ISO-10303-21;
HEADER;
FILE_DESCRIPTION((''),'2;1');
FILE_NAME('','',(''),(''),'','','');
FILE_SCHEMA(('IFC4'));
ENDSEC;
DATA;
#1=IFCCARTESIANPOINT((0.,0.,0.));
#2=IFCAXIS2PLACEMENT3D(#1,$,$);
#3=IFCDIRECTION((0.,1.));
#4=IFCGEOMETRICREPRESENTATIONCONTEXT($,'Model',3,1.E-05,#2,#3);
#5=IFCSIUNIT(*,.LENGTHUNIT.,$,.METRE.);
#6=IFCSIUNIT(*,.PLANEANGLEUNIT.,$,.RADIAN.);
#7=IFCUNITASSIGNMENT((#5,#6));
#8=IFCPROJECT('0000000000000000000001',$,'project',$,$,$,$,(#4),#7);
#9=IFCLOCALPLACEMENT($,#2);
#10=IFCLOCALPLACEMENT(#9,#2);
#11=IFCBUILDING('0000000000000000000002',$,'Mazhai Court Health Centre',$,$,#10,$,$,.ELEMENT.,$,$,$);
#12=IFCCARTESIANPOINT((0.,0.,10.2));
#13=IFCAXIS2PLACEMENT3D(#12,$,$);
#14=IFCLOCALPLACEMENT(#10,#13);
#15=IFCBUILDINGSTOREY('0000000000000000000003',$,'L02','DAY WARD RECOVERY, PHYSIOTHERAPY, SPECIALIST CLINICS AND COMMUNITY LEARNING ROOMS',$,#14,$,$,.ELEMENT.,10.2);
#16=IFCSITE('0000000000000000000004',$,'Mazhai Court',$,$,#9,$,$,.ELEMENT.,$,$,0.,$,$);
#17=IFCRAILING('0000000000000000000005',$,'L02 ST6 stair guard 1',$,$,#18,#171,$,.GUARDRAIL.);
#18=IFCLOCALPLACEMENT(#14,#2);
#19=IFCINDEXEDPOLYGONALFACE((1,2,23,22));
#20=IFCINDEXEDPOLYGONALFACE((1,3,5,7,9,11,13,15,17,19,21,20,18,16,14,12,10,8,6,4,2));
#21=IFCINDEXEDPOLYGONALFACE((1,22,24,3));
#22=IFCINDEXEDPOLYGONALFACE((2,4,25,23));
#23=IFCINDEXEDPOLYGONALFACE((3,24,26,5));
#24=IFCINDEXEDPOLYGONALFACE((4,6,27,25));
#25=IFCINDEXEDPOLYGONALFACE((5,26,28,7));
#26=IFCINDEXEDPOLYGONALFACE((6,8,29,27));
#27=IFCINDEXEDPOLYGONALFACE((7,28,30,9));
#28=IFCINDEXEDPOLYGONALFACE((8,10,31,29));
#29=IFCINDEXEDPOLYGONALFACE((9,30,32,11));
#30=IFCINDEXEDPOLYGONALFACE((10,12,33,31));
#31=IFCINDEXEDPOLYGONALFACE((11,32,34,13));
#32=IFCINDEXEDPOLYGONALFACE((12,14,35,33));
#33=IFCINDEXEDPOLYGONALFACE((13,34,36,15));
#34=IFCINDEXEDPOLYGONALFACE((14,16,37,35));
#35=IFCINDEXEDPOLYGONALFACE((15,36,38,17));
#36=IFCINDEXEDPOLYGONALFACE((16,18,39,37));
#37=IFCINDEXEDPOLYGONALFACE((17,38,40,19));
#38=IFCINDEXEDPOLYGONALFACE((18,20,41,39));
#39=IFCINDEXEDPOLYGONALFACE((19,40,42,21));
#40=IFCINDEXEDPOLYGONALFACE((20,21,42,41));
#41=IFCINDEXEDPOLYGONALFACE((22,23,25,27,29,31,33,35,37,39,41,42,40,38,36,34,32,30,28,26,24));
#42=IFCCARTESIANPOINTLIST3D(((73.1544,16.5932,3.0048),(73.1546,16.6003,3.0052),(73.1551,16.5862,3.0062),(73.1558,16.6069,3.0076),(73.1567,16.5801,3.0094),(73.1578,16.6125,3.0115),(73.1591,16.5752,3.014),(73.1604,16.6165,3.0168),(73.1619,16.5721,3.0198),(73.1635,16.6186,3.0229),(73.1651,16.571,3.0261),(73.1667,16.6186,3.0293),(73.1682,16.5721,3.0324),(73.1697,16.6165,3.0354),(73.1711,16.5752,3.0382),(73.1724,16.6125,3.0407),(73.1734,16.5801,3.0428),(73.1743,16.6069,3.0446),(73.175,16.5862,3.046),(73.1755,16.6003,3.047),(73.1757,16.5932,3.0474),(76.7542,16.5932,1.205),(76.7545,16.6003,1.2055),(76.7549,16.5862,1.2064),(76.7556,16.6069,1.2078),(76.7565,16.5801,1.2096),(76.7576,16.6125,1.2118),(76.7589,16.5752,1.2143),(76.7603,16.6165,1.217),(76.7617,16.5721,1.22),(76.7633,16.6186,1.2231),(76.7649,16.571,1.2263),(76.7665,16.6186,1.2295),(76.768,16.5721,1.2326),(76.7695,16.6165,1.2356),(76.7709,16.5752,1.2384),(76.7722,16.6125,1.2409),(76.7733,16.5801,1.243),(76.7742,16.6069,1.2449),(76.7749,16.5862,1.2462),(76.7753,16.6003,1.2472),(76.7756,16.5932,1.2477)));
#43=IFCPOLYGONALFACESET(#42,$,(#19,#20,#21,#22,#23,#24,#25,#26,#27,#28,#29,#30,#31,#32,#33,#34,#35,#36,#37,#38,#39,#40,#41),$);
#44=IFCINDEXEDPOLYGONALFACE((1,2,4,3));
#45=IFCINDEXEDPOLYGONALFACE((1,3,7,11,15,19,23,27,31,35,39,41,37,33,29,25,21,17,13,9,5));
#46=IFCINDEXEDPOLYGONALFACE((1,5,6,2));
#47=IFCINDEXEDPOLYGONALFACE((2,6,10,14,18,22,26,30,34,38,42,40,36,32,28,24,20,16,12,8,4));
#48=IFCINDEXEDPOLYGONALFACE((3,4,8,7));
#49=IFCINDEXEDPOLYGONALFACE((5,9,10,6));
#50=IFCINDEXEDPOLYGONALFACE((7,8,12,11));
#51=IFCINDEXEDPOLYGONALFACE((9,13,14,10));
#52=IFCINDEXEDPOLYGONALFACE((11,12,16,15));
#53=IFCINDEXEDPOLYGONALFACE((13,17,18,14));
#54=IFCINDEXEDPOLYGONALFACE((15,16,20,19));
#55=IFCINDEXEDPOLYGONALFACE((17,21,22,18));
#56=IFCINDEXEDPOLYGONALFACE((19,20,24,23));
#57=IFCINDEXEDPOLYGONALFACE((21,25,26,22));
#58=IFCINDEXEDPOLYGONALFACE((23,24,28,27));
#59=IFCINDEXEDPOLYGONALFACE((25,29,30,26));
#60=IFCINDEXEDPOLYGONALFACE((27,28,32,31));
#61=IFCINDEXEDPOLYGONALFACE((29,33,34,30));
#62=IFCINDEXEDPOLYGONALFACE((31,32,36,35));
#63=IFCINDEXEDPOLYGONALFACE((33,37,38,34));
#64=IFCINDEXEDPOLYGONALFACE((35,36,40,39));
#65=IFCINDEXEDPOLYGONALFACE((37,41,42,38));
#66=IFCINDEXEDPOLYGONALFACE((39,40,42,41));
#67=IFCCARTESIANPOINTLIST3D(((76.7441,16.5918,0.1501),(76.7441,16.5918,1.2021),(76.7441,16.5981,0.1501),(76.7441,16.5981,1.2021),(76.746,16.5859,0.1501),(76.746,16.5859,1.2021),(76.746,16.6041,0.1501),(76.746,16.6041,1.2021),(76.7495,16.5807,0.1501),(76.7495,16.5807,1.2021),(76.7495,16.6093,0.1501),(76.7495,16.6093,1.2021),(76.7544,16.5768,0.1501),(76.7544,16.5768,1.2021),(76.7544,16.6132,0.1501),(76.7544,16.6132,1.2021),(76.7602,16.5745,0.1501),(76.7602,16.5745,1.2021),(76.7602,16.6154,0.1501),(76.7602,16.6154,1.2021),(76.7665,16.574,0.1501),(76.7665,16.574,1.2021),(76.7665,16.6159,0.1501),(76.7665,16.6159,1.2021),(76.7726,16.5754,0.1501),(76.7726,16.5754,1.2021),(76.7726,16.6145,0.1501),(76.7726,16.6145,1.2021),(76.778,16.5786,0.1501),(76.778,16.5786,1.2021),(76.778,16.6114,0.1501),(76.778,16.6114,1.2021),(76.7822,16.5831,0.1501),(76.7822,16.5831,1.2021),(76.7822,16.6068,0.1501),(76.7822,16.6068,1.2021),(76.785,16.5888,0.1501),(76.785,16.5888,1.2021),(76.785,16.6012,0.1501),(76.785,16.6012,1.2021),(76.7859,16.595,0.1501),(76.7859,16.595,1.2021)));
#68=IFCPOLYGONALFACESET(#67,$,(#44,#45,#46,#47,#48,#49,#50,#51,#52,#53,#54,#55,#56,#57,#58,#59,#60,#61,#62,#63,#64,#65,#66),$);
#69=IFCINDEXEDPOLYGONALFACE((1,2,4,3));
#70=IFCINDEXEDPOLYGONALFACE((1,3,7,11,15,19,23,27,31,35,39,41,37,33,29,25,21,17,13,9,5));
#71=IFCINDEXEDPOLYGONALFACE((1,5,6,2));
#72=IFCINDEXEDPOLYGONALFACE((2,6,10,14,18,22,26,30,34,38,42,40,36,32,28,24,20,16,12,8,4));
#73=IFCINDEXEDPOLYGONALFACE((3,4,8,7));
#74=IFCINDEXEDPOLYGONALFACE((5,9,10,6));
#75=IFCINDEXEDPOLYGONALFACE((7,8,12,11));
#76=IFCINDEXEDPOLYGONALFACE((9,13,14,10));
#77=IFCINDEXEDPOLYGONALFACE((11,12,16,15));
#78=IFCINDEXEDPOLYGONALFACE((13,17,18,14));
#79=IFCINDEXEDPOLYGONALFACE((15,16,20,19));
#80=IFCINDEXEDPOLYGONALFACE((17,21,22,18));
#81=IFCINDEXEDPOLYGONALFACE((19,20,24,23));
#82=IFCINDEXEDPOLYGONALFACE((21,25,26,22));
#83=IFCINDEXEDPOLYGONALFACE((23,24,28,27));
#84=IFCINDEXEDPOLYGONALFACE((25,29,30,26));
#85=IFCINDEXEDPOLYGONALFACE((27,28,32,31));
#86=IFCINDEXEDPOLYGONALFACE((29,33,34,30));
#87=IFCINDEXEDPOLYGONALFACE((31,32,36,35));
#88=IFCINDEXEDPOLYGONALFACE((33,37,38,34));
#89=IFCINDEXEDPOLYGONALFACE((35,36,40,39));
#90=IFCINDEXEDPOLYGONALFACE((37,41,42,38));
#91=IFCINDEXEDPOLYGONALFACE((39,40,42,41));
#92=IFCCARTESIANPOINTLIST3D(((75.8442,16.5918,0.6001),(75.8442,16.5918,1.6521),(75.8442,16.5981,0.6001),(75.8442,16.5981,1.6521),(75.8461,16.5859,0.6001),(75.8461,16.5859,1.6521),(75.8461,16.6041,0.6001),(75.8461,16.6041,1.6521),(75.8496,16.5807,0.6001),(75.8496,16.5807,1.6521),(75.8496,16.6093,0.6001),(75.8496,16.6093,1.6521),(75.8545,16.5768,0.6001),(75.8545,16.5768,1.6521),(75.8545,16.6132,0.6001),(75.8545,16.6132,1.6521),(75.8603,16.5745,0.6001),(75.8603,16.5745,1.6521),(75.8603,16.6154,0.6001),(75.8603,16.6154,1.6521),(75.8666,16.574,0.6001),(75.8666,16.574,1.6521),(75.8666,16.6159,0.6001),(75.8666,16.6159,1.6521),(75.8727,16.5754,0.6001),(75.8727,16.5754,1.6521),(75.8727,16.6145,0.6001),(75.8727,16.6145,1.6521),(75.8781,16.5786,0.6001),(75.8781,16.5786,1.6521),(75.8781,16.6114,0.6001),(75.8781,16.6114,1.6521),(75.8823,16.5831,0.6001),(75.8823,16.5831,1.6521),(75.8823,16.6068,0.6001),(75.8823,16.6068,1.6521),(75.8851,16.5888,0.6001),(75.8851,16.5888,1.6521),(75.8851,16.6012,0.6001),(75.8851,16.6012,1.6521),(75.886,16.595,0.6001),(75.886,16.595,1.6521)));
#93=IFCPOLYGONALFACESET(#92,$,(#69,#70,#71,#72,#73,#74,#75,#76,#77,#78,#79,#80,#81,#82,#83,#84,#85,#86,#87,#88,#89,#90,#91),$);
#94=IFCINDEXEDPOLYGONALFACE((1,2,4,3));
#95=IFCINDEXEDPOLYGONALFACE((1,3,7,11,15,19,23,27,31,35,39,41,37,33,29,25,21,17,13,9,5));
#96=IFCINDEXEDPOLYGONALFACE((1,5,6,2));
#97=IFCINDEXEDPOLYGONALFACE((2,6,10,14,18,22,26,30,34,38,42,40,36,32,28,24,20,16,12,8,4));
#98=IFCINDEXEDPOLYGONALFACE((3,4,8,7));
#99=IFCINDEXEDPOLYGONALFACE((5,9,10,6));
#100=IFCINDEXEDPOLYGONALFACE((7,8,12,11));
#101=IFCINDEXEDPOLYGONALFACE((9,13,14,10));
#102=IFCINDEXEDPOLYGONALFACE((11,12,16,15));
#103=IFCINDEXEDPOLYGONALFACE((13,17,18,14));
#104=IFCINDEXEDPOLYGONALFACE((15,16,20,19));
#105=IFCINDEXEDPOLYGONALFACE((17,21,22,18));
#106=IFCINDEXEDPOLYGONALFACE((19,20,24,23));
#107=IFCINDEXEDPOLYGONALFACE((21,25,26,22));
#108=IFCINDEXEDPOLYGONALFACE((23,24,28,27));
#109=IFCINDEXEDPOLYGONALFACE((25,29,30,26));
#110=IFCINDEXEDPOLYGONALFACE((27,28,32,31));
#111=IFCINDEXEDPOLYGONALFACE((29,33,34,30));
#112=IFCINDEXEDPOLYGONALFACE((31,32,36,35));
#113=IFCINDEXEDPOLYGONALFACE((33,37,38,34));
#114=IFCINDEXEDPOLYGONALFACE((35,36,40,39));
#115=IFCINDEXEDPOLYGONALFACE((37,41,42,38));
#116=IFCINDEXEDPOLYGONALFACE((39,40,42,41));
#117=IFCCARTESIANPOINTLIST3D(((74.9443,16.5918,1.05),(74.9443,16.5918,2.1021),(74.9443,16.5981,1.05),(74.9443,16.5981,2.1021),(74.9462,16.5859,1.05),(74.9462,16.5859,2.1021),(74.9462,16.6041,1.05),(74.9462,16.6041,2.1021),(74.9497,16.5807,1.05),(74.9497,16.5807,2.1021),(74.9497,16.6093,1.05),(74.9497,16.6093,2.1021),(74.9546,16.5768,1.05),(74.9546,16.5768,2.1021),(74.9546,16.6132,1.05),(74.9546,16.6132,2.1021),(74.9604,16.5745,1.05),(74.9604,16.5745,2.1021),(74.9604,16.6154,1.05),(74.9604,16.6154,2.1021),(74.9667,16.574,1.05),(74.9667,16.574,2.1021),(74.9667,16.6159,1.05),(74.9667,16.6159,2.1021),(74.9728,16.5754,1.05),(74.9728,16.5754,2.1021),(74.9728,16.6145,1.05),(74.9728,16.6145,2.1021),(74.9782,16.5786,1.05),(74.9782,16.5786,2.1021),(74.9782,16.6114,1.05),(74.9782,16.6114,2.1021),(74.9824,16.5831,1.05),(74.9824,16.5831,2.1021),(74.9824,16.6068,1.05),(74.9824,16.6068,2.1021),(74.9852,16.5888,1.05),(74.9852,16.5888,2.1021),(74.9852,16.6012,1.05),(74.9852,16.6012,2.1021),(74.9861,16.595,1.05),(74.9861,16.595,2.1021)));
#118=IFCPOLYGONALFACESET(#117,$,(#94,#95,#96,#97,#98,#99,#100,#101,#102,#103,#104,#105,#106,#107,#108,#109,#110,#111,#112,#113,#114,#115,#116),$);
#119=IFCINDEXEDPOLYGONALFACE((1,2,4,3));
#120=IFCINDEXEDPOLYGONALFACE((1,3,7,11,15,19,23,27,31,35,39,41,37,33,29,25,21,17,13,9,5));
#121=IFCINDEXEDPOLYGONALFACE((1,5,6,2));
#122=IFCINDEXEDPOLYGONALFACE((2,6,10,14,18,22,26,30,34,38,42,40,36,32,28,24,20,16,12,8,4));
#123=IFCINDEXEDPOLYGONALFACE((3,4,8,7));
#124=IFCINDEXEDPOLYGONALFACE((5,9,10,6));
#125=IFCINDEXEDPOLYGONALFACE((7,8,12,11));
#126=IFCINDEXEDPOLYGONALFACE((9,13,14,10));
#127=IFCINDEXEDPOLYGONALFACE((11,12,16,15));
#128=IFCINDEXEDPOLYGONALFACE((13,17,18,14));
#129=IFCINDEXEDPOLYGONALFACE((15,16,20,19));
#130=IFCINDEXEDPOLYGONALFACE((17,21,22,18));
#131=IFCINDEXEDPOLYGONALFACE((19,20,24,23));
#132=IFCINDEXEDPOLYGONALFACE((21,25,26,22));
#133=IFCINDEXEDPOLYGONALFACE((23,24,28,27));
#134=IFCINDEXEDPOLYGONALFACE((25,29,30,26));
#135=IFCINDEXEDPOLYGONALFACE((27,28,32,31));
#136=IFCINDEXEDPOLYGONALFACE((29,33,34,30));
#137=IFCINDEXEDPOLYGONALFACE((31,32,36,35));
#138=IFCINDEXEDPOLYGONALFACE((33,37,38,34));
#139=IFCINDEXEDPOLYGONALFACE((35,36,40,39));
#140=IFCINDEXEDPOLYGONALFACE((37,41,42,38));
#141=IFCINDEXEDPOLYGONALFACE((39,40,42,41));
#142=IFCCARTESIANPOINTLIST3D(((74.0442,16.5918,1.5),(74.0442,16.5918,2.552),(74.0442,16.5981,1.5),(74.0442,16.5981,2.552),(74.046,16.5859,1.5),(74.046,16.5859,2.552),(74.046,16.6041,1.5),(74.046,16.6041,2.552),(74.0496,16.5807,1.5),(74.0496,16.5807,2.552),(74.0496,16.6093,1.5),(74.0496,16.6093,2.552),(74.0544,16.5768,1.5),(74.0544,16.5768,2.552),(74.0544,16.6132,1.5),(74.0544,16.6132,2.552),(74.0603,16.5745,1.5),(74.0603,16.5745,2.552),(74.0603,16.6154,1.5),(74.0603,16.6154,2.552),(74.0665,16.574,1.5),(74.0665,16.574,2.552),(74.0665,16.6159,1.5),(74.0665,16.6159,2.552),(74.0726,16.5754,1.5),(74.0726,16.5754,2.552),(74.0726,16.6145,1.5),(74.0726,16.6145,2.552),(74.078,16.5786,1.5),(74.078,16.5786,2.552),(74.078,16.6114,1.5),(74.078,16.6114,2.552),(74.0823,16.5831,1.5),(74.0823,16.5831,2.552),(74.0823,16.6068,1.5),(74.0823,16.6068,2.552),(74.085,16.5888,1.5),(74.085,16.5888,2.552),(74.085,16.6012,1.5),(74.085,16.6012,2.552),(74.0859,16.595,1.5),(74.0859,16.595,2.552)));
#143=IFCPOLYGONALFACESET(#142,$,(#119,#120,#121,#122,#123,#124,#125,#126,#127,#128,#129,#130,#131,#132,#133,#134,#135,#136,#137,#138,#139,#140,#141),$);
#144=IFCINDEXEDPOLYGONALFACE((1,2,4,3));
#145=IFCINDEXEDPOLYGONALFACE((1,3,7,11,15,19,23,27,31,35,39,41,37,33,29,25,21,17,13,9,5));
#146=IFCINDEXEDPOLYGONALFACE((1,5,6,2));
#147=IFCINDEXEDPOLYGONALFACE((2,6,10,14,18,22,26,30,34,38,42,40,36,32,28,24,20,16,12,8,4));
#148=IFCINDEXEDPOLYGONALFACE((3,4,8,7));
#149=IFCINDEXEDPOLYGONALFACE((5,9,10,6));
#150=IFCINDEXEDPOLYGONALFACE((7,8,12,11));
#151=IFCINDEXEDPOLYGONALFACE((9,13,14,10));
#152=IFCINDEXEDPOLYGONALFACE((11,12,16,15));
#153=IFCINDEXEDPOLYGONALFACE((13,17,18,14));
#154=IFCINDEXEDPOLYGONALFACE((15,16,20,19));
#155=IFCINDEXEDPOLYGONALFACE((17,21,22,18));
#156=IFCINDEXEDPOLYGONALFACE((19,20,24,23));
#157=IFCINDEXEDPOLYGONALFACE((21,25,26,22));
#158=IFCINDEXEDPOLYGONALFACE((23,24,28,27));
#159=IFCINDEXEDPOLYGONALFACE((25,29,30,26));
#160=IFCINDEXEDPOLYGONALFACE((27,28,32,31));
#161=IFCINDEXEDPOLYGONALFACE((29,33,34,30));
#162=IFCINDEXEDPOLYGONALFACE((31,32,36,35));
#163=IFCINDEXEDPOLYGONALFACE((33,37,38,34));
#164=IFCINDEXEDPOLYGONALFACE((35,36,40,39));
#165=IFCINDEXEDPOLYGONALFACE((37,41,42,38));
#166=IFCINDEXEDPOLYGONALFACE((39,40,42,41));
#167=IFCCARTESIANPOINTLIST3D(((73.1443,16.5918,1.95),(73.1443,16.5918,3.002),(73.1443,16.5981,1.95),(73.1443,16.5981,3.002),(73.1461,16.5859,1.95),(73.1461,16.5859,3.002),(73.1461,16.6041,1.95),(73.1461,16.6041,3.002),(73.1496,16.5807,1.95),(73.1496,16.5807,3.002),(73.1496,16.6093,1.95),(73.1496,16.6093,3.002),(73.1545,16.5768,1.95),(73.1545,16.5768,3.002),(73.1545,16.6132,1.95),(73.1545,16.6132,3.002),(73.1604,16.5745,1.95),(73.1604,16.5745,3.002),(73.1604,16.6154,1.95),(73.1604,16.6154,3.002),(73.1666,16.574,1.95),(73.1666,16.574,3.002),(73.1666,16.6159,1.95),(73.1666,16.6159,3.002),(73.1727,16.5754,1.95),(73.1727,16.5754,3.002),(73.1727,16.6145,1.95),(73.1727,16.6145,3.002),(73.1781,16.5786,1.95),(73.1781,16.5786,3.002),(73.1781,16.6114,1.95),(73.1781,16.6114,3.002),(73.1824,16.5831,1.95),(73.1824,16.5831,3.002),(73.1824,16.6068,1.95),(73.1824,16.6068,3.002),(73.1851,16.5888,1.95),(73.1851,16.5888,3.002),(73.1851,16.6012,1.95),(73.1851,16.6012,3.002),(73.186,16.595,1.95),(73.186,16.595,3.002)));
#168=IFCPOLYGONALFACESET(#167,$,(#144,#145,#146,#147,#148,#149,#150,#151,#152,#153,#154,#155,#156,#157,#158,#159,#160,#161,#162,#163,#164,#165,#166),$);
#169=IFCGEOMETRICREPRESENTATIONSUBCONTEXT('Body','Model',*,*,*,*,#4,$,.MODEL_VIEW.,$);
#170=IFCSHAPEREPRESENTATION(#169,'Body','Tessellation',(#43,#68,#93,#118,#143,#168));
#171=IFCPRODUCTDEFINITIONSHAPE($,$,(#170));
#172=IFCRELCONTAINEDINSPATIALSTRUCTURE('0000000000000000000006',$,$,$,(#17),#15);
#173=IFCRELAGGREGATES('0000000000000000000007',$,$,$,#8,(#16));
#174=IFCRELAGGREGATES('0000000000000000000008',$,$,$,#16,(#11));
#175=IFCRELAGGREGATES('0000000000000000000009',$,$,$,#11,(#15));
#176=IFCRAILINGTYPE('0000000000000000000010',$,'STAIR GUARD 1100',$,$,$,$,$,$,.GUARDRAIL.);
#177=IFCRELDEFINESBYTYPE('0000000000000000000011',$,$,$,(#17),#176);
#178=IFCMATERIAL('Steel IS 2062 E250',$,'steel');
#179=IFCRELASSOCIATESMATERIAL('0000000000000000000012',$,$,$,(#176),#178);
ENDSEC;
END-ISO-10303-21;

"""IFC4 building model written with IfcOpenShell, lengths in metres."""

from ifc_helpers import new_model, si_unit, direction, frame, origin, origin_2d, place, context, subcontext, project, spatial, circle, extrude, material, type_object, element, save


model = new_model("IFC4")

# Units and contexts
model_context = context("Model", 3, precision=1e-05, world=origin(), true_north=direction((0.0, 1.0)))
body_context = subcontext(model_context, "Body", "Model", "MODEL_VIEW")
ifc_project = project(units=[si_unit("LENGTHUNIT", "METRE"), si_unit("PLANEANGLEUNIT", "RADIAN")], contexts=[model_context])

# Site, building, storey
site_placement = place(None, origin())
site = spatial("IfcSite", under=ifc_project, at=site_placement, Name="Mazhai Court", CompositionType="ELEMENT", RefElevation=0.0)
building_placement = place(site_placement, origin())
building = spatial("IfcBuilding", under=site, at=building_placement, Name="Mazhai Court Health Centre", CompositionType="ELEMENT")
storey_placement = place(building_placement, frame((0.0, 0.0, 10.2)))
storey = spatial("IfcBuildingStorey", under=building, at=storey_placement, Name="L02", Description="DAY WARD RECOVERY, PHYSIOTHERAPY, SPECIALIST CLINICS AND COMMUNITY LEARNING ROOMS", CompositionType="ELEMENT", Elevation=10.2)

# Railing
ifc_material_1 = material(Name="Steel IS 2062 E250", Category="steel")
railing_type_1 = type_object("IfcRailingType", Name="STAIR GUARD 1100", PredefinedType="GUARDRAIL", material=ifc_material_1)
railing_1_placement = place(storey_placement, frame((76.7649, 16.595, 0.1501)))
element("IfcRailing", 1, at=railing_1_placement, inside=storey, type_object=railing_type_1, Name="L02 ST6 stair guard 1", PredefinedType="GUARDRAIL", context=body_context, shape_type="SweptSolid", body=[
    extrude(circle(Radius=0.0239, at=origin_2d()), frame((0.0, 0.0, 1.0762), z_axis=(-0.894439, 0.0, 0.447189), x_axis=(0.0, -1.0, 0.0)), (0.0, 0.0, 1.0), 4.0247),
    extrude(circle(Radius=0.021, at=origin_2d()), origin(), (0.0, 0.0, 1.0), 1.052),
    extrude(circle(Radius=0.021, at=origin_2d()), frame((-0.8999, 0.0, 0.45)), (0.0, 0.0, 1.0), 1.052),
    extrude(circle(Radius=0.021, at=origin_2d()), frame((-1.7998, 0.0, 0.8999)), (0.0, 0.0, 1.0), 1.052),
    extrude(circle(Radius=0.021, at=origin_2d()), frame((-2.7, 0.0, 1.3499)), (0.0, 0.0, 1.0), 1.052),
    extrude(circle(Radius=0.021, at=origin_2d()), frame((-3.5999, 0.0, 1.7998)), (0.0, 0.0, 1.0), 1.052),
])

save(model, "model.ifc")
